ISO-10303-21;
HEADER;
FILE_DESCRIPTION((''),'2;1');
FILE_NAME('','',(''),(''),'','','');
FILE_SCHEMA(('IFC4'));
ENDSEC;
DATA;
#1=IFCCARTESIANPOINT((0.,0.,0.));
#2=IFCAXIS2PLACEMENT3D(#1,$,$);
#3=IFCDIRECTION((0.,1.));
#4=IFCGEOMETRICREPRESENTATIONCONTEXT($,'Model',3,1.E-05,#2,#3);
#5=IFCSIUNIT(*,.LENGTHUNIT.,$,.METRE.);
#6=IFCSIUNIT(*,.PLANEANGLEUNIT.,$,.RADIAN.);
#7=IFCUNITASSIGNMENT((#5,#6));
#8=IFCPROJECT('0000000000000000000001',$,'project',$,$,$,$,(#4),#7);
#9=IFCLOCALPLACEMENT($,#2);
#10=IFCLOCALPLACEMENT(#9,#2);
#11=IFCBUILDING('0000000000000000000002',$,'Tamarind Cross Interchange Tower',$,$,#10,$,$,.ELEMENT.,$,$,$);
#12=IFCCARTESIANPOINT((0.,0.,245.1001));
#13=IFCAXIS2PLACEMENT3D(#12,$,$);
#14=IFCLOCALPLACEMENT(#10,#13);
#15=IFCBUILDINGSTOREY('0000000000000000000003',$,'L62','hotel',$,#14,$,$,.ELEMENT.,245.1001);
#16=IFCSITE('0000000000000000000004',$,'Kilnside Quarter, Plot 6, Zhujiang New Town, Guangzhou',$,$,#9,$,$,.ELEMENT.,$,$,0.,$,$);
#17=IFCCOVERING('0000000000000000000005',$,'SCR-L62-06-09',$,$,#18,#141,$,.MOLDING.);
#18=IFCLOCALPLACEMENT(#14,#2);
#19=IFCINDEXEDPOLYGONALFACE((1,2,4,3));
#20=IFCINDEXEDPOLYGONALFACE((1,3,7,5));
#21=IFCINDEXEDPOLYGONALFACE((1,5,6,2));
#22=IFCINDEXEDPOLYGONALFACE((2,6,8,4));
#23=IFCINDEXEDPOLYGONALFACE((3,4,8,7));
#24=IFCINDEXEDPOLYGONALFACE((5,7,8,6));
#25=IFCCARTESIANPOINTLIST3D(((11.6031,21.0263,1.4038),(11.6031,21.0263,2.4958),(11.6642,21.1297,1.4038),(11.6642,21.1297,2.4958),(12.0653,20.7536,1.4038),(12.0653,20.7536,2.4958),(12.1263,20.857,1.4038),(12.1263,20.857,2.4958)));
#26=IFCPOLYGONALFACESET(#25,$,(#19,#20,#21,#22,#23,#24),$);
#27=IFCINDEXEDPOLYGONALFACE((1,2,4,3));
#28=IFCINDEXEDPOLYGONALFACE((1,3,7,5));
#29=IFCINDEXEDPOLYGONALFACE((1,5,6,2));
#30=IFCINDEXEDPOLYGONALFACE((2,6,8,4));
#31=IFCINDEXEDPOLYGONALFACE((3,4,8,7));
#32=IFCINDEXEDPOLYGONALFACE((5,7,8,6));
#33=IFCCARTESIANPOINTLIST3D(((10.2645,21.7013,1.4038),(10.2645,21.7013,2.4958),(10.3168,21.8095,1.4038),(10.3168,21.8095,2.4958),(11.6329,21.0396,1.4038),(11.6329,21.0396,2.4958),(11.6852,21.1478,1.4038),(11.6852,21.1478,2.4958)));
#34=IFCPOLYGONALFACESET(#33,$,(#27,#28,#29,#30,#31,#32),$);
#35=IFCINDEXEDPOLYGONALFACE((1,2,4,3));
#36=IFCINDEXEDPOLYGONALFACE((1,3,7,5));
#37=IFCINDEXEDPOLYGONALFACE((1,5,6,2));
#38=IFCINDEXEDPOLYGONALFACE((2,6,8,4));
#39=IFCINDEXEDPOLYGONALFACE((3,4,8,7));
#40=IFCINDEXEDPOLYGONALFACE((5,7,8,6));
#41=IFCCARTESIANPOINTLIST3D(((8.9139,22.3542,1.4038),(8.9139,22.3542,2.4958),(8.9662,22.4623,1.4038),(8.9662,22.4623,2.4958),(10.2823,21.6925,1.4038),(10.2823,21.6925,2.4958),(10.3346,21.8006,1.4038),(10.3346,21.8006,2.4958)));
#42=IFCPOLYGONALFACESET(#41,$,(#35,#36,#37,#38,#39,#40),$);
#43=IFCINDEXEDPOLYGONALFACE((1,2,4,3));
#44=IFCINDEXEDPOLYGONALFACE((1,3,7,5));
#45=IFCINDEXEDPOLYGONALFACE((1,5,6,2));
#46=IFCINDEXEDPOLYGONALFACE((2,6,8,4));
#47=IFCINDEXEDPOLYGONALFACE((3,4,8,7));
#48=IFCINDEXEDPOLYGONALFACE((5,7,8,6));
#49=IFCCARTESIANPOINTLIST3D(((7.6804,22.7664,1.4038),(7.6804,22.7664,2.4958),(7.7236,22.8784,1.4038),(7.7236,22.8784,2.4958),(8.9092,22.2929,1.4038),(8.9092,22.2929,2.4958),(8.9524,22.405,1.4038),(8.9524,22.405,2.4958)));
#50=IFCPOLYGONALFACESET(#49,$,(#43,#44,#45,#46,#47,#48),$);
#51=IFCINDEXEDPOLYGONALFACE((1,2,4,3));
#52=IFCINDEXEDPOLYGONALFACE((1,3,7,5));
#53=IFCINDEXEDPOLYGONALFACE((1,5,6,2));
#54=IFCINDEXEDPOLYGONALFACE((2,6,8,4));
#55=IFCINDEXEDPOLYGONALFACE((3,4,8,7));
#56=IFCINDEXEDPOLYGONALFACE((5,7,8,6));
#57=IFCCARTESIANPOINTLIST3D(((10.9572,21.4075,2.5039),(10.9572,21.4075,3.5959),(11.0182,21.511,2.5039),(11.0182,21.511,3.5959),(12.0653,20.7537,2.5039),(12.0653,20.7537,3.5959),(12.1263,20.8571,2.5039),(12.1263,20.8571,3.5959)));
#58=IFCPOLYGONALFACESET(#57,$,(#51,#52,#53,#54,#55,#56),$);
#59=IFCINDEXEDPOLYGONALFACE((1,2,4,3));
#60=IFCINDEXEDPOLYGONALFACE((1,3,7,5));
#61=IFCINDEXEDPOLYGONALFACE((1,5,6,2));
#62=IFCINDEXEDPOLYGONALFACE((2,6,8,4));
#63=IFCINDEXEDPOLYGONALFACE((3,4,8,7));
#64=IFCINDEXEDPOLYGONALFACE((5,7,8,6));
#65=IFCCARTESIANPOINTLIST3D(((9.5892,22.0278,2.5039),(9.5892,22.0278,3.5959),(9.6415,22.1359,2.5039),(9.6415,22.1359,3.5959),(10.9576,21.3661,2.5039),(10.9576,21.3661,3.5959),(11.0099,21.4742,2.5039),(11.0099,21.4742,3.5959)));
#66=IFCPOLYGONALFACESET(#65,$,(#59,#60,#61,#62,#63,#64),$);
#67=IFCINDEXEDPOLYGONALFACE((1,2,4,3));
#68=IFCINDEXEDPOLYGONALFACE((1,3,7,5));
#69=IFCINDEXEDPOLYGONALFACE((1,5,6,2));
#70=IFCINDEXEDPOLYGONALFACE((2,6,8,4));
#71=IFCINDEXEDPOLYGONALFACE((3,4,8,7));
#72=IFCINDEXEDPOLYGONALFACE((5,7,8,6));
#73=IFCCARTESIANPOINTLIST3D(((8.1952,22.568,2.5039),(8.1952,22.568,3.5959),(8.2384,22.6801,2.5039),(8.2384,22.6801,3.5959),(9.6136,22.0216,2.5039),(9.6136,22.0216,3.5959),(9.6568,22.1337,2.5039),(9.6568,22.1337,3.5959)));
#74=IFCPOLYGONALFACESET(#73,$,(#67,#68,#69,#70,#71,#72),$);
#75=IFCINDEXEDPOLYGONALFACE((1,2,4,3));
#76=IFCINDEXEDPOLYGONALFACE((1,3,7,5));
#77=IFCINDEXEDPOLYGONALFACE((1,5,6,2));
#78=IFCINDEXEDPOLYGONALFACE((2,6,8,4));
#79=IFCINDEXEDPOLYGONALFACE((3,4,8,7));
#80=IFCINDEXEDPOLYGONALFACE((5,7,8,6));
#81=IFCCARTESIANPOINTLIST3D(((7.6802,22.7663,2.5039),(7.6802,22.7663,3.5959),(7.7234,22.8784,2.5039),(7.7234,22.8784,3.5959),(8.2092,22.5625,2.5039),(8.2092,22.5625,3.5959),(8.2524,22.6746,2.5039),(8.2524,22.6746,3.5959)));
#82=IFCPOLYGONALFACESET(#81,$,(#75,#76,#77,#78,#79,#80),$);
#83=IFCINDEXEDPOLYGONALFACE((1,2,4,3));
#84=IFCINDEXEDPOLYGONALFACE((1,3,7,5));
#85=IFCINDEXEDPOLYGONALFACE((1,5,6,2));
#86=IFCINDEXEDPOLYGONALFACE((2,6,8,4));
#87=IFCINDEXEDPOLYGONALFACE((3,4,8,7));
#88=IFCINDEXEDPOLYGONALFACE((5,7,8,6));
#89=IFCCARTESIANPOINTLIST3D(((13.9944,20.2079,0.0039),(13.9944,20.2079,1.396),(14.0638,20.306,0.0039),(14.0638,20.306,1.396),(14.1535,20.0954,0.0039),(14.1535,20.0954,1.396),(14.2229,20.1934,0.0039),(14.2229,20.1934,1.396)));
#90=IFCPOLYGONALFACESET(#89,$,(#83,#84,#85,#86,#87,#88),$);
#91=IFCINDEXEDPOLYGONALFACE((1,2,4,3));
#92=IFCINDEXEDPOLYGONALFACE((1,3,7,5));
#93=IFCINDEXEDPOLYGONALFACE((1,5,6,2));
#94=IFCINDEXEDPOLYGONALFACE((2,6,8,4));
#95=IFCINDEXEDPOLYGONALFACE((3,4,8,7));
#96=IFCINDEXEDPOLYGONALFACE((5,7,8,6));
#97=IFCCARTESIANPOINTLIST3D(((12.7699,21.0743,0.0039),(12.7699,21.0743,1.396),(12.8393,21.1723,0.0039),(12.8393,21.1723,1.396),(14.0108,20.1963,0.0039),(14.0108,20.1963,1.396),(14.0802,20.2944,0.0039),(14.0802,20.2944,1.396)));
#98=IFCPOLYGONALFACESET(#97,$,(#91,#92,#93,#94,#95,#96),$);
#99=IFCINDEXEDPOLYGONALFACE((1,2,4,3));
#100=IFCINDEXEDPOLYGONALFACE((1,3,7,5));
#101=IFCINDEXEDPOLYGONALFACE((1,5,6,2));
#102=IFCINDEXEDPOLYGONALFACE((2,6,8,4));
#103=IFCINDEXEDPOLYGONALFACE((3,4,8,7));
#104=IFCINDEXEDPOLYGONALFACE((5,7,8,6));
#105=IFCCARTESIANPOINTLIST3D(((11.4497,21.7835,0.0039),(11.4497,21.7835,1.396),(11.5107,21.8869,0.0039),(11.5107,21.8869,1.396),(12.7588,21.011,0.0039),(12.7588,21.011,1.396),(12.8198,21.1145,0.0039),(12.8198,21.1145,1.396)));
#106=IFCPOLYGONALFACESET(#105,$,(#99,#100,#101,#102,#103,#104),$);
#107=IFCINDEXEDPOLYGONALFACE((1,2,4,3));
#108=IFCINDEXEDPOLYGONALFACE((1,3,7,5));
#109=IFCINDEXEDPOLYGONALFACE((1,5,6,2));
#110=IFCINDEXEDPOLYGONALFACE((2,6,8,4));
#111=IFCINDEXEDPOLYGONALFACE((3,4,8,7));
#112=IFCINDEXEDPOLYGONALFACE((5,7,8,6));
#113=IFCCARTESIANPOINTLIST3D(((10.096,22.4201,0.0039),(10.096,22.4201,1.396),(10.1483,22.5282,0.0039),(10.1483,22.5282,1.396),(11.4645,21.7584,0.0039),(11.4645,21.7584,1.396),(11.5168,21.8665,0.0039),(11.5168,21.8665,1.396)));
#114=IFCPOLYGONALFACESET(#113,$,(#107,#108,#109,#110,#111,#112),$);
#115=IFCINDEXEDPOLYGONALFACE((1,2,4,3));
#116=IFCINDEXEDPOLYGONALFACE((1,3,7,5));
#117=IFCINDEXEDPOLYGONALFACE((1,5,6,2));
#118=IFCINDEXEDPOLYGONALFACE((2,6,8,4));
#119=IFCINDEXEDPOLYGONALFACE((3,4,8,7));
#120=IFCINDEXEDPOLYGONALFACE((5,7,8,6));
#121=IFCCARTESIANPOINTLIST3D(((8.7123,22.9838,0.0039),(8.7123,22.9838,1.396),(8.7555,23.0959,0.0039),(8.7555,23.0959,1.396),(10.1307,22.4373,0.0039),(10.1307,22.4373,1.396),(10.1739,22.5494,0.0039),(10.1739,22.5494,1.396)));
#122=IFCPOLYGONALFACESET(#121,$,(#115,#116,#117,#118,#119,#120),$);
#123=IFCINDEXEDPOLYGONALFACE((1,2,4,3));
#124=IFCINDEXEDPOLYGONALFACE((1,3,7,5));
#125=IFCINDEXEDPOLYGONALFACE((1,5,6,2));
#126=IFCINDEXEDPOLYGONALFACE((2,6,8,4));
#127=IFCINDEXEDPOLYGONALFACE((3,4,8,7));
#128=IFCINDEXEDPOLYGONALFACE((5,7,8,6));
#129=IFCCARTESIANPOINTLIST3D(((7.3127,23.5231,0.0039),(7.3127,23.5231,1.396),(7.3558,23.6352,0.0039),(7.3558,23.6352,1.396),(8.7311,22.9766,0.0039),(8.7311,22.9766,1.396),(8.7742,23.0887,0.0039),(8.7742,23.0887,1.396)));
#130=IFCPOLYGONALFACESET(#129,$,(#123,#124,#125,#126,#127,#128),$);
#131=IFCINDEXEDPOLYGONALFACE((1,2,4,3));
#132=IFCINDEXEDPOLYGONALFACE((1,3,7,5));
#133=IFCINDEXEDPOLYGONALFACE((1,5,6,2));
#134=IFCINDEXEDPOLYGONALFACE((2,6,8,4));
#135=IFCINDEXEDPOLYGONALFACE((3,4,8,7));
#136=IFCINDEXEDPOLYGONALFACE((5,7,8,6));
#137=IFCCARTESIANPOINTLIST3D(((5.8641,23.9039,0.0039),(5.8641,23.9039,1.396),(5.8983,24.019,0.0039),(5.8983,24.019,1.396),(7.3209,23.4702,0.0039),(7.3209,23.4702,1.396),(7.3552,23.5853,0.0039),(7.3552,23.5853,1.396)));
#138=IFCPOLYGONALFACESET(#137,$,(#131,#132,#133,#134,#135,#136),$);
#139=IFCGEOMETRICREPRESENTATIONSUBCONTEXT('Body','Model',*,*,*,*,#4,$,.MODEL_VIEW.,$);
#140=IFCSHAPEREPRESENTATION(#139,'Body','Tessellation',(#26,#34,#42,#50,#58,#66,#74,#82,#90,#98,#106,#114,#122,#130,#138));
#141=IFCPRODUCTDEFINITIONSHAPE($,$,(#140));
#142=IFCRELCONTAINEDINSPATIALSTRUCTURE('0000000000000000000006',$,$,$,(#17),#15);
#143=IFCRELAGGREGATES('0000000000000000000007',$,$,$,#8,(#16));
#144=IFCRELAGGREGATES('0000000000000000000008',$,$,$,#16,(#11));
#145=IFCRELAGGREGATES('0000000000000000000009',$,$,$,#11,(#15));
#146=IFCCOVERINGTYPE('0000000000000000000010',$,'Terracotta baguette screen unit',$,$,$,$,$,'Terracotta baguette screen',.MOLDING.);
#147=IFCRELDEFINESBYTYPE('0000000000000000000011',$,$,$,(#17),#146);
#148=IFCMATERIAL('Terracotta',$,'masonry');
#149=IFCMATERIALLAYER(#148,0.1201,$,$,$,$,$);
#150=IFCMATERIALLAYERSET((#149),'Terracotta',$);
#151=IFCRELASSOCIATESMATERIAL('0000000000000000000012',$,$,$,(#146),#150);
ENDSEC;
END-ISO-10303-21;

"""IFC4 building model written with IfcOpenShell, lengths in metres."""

from ifc_helpers import new_model, si_unit, direction, frame, origin, origin_2d, place, context, subcontext, project, spatial, rectangle, extrude, material, layer, layer_set, type_object, element, save


model = new_model("IFC4")

# Units and contexts
model_context = context("Model", 3, precision=1e-05, world=origin(), true_north=direction((0.0, 1.0)))
body_context = subcontext(model_context, "Body", "Model", "MODEL_VIEW")
ifc_project = project(units=[si_unit("LENGTHUNIT", "METRE"), si_unit("PLANEANGLEUNIT", "RADIAN")], contexts=[model_context])

# Site, building, storey
site_placement = place(None, origin())
site = spatial("IfcSite", under=ifc_project, at=site_placement, Name="Kilnside Quarter, Plot 6, Zhujiang New Town, Guangzhou", CompositionType="ELEMENT", RefElevation=0.0)
building_placement = place(site_placement, origin())
building = spatial("IfcBuilding", under=site, at=building_placement, Name="Tamarind Cross Interchange Tower", CompositionType="ELEMENT")
storey_placement = place(building_placement, frame((0.0, 0.0, 245.1001)))
storey = spatial("IfcBuildingStorey", under=building, at=storey_placement, Name="L62", Description="hotel", CompositionType="ELEMENT", Elevation=245.1001)

# Covering
ifc_material_1 = material(Name="Terracotta", Category="masonry")
ifc_layer_1 = layer(ifc_material_1, 0.1201)
ifc_layer_set_1 = layer_set([ifc_layer_1], Name="Terracotta")
covering_type = type_object("IfcCoveringType", Name="Terracotta baguette screen unit", ElementType="Terracotta baguette screen", PredefinedType="MOLDING", material=ifc_layer_set_1)
covering_1_placement = place(storey_placement, origin())
element("IfcCovering", 1, at=covering_1_placement, inside=storey, type_object=covering_type, Name="SCR-L62-06-09", PredefinedType="MOLDING", context=body_context, shape_type="SweptSolid", body=[
    extrude(rectangle(XDim=0.5366, YDim=0.1201, at=origin_2d()), frame((11.8647, 20.9417, 1.4038), z_axis=(0.0, 0.0, 1.0), x_axis=(-0.861249, 0.508183, 0.0)), (0.0, 0.0, 1.0), 1.092),
    extrude(rectangle(XDim=1.52, YDim=0.1201, at=origin_2d()), frame((10.9749, 21.4246, 1.4038), z_axis=(0.0, 0.0, 1.0), x_axis=(-0.900273, 0.435326, 0.0)), (0.0, 0.0, 1.0), 1.092),
    extrude(rectangle(XDim=1.52, YDim=0.1201, at=origin_2d()), frame((9.6243, 22.0774, 1.4038), z_axis=(0.0, 0.0, 1.0), x_axis=(-0.900273, 0.435326, 0.0)), (0.0, 0.0, 1.0), 1.092),
    extrude(rectangle(XDim=1.3169, YDim=0.1201, at=origin_2d()), frame((8.3164, 22.5857, 1.4038), z_axis=(0.0, 0.0, 1.0), x_axis=(-0.933147, 0.359495, 0.0)), (0.0, 0.0, 1.0), 1.092),
    extrude(rectangle(XDim=1.2866, YDim=0.1201, at=origin_2d()), frame((11.5417, 21.1323, 2.5039), z_axis=(0.0, 0.0, 1.0), x_axis=(-0.861249, 0.508183, 0.0)), (0.0, 0.0, 1.0), 1.092),
    extrude(rectangle(XDim=1.52, YDim=0.1201, at=origin_2d()), frame((10.2996, 21.751, 2.5039), z_axis=(0.0, 0.0, 1.0), x_axis=(-0.900273, 0.435326, 0.0)), (0.0, 0.0, 1.0), 1.092),
    extrude(rectangle(XDim=1.52, YDim=0.1201, at=origin_2d()), frame((8.926, 22.3508, 2.5039), z_axis=(0.0, 0.0, 1.0), x_axis=(-0.933147, 0.359495, 0.0)), (0.0, 0.0, 1.0), 1.092),
    extrude(rectangle(XDim=0.5669, YDim=0.1201, at=origin_2d()), frame((7.9663, 22.7205, 2.5039), z_axis=(0.0, 0.0, 1.0), x_axis=(-0.933147, 0.359495, 0.0)), (0.0, 0.0, 1.0), 1.092),
    extrude(rectangle(XDim=0.1948, YDim=0.1201, at=origin_2d()), frame((14.1086, 20.2007, 0.0039), z_axis=(0.0, 0.0, 1.0), x_axis=(-0.816342, 0.577569, 0.0)), (0.0, 0.0, 1.0), 1.3921),
    extrude(rectangle(XDim=1.52, YDim=0.1201, at=origin_2d()), frame((13.425, 20.6843, 0.0039), z_axis=(0.0, 0.0, 1.0), x_axis=(-0.816342, 0.577569, 0.0)), (0.0, 0.0, 1.0), 1.3921),
    extrude(rectangle(XDim=1.52, YDim=0.1201, at=origin_2d()), frame((12.1348, 21.449, 0.0039), z_axis=(0.0, 0.0, 1.0), x_axis=(-0.861249, 0.508183, 0.0)), (0.0, 0.0, 1.0), 1.3921),
    extrude(rectangle(XDim=1.52, YDim=0.1201, at=origin_2d()), frame((10.8064, 22.1433, 0.0039), z_axis=(0.0, 0.0, 1.0), x_axis=(-0.900273, 0.435326, 0.0)), (0.0, 0.0, 1.0), 1.3921),
    extrude(rectangle(XDim=1.52, YDim=0.1201, at=origin_2d()), frame((9.4431, 22.7666, 0.0039), z_axis=(0.0, 0.0, 1.0), x_axis=(-0.933147, 0.359495, 0.0)), (0.0, 0.0, 1.0), 1.3921),
    extrude(rectangle(XDim=1.52, YDim=0.1201, at=origin_2d()), frame((8.0435, 23.3059, 0.0039), z_axis=(0.0, 0.0, 1.0), x_axis=(-0.933147, 0.359495, 0.0)), (0.0, 0.0, 1.0), 1.3921),
    extrude(rectangle(XDim=1.52, YDim=0.1201, at=origin_2d()), frame((6.6096, 23.7446, 0.0039), z_axis=(0.0, 0.0, 1.0), x_axis=(-0.958427, 0.285336, 0.0)), (0.0, 0.0, 1.0), 1.3921),
])

save(model, "model.ifc")
